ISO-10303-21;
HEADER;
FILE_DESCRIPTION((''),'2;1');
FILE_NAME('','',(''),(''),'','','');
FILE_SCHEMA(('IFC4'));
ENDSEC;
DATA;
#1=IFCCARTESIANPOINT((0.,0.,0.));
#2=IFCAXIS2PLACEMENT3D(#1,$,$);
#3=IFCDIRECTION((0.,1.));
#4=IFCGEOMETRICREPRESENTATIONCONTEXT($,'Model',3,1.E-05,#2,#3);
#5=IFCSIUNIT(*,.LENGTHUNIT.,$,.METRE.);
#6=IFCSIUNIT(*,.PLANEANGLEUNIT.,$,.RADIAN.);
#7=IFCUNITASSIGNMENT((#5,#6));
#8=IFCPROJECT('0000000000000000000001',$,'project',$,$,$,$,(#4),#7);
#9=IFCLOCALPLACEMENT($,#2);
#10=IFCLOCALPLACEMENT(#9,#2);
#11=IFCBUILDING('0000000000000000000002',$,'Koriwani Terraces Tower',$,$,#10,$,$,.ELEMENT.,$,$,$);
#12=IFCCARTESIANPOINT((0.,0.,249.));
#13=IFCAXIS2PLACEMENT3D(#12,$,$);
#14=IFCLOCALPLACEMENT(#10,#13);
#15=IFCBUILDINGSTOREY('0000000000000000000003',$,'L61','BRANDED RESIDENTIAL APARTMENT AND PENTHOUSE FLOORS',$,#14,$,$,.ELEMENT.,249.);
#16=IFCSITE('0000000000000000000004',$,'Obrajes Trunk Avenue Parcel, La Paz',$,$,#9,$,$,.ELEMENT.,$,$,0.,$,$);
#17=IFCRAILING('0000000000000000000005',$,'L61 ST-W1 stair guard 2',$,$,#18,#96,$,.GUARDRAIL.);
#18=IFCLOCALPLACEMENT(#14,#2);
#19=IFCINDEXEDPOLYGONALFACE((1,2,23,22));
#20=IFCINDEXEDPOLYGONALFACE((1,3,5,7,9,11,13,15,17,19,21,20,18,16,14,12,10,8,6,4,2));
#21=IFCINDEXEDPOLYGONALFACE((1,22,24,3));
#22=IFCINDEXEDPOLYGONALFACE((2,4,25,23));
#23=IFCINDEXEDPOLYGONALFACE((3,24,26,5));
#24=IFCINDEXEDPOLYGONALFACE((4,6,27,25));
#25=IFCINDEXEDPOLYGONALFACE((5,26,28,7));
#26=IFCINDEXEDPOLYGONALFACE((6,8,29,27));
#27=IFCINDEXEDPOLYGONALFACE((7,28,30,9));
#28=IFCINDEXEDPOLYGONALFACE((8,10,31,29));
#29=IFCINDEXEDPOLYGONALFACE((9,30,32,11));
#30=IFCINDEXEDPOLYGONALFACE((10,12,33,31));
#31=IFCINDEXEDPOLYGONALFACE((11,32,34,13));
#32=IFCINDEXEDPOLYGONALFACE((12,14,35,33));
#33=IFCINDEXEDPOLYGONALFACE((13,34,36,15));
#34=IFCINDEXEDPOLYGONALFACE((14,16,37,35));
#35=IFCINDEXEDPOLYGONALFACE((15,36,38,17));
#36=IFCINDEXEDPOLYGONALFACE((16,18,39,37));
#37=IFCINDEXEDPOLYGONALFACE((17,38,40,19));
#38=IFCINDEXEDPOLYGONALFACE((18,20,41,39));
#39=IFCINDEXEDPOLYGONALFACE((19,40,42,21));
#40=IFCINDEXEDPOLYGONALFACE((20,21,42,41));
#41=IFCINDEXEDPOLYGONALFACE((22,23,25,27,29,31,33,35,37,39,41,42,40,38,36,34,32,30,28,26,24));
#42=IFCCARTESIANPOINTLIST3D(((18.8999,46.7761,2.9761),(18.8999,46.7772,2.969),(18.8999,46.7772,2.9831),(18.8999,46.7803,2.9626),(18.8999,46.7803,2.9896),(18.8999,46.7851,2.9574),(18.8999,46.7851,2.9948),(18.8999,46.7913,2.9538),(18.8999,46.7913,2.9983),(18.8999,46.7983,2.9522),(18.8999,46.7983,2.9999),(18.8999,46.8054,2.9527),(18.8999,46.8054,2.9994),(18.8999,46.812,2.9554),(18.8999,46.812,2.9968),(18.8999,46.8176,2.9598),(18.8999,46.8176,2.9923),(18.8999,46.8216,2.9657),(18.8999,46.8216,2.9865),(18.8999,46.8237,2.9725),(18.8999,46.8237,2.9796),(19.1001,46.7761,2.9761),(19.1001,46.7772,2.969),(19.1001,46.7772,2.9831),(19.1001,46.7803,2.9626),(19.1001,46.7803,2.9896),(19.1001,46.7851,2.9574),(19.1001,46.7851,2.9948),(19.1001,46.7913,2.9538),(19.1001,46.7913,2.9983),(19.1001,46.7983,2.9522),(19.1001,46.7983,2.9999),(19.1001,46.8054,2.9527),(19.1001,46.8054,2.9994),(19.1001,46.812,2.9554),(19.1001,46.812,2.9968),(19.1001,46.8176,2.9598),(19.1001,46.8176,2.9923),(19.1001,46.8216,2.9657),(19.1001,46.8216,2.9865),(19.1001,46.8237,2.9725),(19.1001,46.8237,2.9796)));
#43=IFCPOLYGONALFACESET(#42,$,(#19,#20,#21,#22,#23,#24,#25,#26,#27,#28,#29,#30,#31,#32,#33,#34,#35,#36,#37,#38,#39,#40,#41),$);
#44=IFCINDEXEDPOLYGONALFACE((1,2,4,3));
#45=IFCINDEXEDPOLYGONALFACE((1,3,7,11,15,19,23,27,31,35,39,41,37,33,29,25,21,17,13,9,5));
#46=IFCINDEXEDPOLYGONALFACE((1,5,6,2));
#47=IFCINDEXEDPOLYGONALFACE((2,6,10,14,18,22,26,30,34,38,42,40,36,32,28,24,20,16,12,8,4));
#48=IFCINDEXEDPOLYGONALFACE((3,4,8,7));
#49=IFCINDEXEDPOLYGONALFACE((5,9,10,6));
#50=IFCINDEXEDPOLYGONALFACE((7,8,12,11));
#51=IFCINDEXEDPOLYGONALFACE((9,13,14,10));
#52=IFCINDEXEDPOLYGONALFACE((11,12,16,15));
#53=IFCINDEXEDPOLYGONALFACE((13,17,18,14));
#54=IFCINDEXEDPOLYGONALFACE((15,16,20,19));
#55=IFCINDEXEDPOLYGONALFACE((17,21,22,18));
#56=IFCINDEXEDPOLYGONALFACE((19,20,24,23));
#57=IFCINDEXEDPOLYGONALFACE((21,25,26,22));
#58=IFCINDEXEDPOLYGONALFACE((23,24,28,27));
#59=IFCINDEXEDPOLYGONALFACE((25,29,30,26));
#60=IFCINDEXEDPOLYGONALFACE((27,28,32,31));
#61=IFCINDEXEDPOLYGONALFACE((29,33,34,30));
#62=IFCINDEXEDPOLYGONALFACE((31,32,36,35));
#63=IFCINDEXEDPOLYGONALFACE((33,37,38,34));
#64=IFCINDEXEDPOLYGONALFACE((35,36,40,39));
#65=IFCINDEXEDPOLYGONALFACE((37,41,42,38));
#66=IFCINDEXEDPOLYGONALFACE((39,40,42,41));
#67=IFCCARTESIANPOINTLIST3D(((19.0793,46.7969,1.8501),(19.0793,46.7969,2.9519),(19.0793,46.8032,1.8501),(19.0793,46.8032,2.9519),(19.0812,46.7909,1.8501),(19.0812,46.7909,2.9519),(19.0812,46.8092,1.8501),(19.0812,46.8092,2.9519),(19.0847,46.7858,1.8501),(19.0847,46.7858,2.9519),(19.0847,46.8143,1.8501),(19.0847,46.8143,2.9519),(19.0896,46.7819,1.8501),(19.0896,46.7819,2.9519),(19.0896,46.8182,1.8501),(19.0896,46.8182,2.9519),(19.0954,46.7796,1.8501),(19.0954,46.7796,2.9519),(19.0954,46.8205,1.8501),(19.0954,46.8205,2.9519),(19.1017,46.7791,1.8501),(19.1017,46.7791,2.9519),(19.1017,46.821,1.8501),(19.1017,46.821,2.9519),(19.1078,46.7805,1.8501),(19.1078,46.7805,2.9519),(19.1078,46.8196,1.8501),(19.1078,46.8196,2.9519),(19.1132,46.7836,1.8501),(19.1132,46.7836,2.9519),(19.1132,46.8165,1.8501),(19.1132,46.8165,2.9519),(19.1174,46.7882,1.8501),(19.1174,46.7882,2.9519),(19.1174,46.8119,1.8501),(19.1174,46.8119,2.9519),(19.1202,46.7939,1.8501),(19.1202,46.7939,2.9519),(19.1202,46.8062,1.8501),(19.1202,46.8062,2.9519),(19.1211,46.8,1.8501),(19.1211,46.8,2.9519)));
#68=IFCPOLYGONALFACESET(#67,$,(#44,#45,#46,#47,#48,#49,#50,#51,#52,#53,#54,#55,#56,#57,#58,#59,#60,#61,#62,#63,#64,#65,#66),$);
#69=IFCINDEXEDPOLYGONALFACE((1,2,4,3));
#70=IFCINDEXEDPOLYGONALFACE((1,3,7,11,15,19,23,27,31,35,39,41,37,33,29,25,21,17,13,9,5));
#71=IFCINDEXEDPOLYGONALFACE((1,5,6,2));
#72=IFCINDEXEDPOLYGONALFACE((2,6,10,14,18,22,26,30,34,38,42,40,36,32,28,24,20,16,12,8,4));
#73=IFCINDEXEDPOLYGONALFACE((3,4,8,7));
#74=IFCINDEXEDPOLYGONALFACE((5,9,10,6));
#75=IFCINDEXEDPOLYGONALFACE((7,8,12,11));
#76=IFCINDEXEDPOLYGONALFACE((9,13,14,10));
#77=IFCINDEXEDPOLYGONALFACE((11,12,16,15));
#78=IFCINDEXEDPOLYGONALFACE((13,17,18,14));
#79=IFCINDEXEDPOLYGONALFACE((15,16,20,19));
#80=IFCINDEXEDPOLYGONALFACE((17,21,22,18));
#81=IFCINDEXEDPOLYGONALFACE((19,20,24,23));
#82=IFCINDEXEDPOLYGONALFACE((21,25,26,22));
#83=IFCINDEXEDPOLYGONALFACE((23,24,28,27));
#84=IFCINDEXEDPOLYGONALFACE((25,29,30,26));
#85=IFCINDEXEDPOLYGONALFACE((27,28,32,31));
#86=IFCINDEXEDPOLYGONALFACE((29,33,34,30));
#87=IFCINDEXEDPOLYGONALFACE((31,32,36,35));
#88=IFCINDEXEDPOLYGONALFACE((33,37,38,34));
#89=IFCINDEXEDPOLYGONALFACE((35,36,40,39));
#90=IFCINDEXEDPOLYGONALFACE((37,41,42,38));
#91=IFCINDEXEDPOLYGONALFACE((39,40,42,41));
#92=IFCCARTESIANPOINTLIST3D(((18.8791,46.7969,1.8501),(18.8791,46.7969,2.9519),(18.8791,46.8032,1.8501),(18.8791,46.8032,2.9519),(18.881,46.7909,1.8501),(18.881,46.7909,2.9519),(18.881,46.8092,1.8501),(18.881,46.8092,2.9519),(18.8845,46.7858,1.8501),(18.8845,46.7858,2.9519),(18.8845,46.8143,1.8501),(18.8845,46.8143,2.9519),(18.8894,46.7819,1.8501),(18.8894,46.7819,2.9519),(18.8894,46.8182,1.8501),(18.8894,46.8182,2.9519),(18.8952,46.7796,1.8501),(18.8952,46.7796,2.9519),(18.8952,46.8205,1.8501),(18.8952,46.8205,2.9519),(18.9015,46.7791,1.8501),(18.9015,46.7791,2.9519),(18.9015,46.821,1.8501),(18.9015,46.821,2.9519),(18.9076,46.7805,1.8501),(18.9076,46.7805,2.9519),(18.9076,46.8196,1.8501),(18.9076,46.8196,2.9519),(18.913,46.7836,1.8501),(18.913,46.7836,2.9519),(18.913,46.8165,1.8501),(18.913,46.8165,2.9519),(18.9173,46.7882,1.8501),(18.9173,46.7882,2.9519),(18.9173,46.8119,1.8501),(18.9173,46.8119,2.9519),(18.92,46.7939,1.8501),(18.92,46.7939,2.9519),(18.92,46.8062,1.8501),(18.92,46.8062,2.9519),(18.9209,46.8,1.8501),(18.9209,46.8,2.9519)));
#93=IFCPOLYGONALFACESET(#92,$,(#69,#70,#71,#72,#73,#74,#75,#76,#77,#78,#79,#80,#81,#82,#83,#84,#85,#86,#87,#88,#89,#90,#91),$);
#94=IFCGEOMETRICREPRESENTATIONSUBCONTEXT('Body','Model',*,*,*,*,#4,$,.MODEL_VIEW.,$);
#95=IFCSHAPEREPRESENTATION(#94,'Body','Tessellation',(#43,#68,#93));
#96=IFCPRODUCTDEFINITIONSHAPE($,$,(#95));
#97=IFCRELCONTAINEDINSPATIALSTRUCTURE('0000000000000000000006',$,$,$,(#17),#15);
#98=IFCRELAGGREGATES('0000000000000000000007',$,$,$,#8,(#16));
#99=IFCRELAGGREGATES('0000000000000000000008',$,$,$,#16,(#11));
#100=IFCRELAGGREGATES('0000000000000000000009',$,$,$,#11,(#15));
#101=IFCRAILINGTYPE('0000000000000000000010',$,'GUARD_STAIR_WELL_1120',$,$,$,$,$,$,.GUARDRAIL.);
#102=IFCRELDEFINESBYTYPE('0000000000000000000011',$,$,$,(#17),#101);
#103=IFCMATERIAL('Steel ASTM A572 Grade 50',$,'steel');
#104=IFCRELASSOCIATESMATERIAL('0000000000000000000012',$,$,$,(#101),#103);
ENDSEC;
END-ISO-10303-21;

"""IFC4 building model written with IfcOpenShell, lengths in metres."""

from ifc_helpers import new_model, si_unit, direction, frame, origin, origin_2d, place, context, subcontext, project, spatial, circle, extrude, material, type_object, element, save


model = new_model("IFC4")

# Units and contexts
model_context = context("Model", 3, precision=1e-05, world=origin(), true_north=direction((0.0, 1.0)))
body_context = subcontext(model_context, "Body", "Model", "MODEL_VIEW")
ifc_project = project(units=[si_unit("LENGTHUNIT", "METRE"), si_unit("PLANEANGLEUNIT", "RADIAN")], contexts=[model_context])

# Site, building, storey
site_placement = place(None, origin())
site = spatial("IfcSite", under=ifc_project, at=site_placement, Name="Obrajes Trunk Avenue Parcel, La Paz", CompositionType="ELEMENT", RefElevation=0.0)
building_placement = place(site_placement, origin())
building = spatial("IfcBuilding", under=site, at=building_placement, Name="Koriwani Terraces Tower", CompositionType="ELEMENT")
storey_placement = place(building_placement, frame((0.0, 0.0, 249.0)))
storey = spatial("IfcBuildingStorey", under=building, at=storey_placement, Name="L61", Description="BRANDED RESIDENTIAL APARTMENT AND PENTHOUSE FLOORS", CompositionType="ELEMENT", Elevation=249.0)

# Shared definitions
ifc_material_1 = material(Name="Steel ASTM A572 Grade 50", Category="steel")

# Railing
railing_type_1 = type_object("IfcRailingType", Name="GUARD_STAIR_WELL_1120", PredefinedType="GUARDRAIL", material=ifc_material_1)
railing_1_placement = place(storey_placement, frame((19.1001, 46.8, 1.8501)))
element("IfcRailing", 1, at=railing_1_placement, inside=storey, type_object=railing_type_1, Name="L61 ST-W1 stair guard 2", PredefinedType="GUARDRAIL", context=body_context, shape_type="SweptSolid", body=[
    extrude(circle(Radius=0.0239, at=origin_2d()), frame((0.0, 0.0, 1.126), z_axis=(-1.0, 0.0, 0.0), x_axis=(0.0, -1.0, 0.0)), (0.0, 0.0, 1.0), 0.2002),
    extrude(circle(Radius=0.021, at=origin_2d()), origin(), (0.0, 0.0, 1.0), 1.1018),
    extrude(circle(Radius=0.021, at=origin_2d()), frame((-0.2002, 0.0, 0.0)), (0.0, 0.0, 1.0), 1.1018),
])

save(model, "model.ifc")
